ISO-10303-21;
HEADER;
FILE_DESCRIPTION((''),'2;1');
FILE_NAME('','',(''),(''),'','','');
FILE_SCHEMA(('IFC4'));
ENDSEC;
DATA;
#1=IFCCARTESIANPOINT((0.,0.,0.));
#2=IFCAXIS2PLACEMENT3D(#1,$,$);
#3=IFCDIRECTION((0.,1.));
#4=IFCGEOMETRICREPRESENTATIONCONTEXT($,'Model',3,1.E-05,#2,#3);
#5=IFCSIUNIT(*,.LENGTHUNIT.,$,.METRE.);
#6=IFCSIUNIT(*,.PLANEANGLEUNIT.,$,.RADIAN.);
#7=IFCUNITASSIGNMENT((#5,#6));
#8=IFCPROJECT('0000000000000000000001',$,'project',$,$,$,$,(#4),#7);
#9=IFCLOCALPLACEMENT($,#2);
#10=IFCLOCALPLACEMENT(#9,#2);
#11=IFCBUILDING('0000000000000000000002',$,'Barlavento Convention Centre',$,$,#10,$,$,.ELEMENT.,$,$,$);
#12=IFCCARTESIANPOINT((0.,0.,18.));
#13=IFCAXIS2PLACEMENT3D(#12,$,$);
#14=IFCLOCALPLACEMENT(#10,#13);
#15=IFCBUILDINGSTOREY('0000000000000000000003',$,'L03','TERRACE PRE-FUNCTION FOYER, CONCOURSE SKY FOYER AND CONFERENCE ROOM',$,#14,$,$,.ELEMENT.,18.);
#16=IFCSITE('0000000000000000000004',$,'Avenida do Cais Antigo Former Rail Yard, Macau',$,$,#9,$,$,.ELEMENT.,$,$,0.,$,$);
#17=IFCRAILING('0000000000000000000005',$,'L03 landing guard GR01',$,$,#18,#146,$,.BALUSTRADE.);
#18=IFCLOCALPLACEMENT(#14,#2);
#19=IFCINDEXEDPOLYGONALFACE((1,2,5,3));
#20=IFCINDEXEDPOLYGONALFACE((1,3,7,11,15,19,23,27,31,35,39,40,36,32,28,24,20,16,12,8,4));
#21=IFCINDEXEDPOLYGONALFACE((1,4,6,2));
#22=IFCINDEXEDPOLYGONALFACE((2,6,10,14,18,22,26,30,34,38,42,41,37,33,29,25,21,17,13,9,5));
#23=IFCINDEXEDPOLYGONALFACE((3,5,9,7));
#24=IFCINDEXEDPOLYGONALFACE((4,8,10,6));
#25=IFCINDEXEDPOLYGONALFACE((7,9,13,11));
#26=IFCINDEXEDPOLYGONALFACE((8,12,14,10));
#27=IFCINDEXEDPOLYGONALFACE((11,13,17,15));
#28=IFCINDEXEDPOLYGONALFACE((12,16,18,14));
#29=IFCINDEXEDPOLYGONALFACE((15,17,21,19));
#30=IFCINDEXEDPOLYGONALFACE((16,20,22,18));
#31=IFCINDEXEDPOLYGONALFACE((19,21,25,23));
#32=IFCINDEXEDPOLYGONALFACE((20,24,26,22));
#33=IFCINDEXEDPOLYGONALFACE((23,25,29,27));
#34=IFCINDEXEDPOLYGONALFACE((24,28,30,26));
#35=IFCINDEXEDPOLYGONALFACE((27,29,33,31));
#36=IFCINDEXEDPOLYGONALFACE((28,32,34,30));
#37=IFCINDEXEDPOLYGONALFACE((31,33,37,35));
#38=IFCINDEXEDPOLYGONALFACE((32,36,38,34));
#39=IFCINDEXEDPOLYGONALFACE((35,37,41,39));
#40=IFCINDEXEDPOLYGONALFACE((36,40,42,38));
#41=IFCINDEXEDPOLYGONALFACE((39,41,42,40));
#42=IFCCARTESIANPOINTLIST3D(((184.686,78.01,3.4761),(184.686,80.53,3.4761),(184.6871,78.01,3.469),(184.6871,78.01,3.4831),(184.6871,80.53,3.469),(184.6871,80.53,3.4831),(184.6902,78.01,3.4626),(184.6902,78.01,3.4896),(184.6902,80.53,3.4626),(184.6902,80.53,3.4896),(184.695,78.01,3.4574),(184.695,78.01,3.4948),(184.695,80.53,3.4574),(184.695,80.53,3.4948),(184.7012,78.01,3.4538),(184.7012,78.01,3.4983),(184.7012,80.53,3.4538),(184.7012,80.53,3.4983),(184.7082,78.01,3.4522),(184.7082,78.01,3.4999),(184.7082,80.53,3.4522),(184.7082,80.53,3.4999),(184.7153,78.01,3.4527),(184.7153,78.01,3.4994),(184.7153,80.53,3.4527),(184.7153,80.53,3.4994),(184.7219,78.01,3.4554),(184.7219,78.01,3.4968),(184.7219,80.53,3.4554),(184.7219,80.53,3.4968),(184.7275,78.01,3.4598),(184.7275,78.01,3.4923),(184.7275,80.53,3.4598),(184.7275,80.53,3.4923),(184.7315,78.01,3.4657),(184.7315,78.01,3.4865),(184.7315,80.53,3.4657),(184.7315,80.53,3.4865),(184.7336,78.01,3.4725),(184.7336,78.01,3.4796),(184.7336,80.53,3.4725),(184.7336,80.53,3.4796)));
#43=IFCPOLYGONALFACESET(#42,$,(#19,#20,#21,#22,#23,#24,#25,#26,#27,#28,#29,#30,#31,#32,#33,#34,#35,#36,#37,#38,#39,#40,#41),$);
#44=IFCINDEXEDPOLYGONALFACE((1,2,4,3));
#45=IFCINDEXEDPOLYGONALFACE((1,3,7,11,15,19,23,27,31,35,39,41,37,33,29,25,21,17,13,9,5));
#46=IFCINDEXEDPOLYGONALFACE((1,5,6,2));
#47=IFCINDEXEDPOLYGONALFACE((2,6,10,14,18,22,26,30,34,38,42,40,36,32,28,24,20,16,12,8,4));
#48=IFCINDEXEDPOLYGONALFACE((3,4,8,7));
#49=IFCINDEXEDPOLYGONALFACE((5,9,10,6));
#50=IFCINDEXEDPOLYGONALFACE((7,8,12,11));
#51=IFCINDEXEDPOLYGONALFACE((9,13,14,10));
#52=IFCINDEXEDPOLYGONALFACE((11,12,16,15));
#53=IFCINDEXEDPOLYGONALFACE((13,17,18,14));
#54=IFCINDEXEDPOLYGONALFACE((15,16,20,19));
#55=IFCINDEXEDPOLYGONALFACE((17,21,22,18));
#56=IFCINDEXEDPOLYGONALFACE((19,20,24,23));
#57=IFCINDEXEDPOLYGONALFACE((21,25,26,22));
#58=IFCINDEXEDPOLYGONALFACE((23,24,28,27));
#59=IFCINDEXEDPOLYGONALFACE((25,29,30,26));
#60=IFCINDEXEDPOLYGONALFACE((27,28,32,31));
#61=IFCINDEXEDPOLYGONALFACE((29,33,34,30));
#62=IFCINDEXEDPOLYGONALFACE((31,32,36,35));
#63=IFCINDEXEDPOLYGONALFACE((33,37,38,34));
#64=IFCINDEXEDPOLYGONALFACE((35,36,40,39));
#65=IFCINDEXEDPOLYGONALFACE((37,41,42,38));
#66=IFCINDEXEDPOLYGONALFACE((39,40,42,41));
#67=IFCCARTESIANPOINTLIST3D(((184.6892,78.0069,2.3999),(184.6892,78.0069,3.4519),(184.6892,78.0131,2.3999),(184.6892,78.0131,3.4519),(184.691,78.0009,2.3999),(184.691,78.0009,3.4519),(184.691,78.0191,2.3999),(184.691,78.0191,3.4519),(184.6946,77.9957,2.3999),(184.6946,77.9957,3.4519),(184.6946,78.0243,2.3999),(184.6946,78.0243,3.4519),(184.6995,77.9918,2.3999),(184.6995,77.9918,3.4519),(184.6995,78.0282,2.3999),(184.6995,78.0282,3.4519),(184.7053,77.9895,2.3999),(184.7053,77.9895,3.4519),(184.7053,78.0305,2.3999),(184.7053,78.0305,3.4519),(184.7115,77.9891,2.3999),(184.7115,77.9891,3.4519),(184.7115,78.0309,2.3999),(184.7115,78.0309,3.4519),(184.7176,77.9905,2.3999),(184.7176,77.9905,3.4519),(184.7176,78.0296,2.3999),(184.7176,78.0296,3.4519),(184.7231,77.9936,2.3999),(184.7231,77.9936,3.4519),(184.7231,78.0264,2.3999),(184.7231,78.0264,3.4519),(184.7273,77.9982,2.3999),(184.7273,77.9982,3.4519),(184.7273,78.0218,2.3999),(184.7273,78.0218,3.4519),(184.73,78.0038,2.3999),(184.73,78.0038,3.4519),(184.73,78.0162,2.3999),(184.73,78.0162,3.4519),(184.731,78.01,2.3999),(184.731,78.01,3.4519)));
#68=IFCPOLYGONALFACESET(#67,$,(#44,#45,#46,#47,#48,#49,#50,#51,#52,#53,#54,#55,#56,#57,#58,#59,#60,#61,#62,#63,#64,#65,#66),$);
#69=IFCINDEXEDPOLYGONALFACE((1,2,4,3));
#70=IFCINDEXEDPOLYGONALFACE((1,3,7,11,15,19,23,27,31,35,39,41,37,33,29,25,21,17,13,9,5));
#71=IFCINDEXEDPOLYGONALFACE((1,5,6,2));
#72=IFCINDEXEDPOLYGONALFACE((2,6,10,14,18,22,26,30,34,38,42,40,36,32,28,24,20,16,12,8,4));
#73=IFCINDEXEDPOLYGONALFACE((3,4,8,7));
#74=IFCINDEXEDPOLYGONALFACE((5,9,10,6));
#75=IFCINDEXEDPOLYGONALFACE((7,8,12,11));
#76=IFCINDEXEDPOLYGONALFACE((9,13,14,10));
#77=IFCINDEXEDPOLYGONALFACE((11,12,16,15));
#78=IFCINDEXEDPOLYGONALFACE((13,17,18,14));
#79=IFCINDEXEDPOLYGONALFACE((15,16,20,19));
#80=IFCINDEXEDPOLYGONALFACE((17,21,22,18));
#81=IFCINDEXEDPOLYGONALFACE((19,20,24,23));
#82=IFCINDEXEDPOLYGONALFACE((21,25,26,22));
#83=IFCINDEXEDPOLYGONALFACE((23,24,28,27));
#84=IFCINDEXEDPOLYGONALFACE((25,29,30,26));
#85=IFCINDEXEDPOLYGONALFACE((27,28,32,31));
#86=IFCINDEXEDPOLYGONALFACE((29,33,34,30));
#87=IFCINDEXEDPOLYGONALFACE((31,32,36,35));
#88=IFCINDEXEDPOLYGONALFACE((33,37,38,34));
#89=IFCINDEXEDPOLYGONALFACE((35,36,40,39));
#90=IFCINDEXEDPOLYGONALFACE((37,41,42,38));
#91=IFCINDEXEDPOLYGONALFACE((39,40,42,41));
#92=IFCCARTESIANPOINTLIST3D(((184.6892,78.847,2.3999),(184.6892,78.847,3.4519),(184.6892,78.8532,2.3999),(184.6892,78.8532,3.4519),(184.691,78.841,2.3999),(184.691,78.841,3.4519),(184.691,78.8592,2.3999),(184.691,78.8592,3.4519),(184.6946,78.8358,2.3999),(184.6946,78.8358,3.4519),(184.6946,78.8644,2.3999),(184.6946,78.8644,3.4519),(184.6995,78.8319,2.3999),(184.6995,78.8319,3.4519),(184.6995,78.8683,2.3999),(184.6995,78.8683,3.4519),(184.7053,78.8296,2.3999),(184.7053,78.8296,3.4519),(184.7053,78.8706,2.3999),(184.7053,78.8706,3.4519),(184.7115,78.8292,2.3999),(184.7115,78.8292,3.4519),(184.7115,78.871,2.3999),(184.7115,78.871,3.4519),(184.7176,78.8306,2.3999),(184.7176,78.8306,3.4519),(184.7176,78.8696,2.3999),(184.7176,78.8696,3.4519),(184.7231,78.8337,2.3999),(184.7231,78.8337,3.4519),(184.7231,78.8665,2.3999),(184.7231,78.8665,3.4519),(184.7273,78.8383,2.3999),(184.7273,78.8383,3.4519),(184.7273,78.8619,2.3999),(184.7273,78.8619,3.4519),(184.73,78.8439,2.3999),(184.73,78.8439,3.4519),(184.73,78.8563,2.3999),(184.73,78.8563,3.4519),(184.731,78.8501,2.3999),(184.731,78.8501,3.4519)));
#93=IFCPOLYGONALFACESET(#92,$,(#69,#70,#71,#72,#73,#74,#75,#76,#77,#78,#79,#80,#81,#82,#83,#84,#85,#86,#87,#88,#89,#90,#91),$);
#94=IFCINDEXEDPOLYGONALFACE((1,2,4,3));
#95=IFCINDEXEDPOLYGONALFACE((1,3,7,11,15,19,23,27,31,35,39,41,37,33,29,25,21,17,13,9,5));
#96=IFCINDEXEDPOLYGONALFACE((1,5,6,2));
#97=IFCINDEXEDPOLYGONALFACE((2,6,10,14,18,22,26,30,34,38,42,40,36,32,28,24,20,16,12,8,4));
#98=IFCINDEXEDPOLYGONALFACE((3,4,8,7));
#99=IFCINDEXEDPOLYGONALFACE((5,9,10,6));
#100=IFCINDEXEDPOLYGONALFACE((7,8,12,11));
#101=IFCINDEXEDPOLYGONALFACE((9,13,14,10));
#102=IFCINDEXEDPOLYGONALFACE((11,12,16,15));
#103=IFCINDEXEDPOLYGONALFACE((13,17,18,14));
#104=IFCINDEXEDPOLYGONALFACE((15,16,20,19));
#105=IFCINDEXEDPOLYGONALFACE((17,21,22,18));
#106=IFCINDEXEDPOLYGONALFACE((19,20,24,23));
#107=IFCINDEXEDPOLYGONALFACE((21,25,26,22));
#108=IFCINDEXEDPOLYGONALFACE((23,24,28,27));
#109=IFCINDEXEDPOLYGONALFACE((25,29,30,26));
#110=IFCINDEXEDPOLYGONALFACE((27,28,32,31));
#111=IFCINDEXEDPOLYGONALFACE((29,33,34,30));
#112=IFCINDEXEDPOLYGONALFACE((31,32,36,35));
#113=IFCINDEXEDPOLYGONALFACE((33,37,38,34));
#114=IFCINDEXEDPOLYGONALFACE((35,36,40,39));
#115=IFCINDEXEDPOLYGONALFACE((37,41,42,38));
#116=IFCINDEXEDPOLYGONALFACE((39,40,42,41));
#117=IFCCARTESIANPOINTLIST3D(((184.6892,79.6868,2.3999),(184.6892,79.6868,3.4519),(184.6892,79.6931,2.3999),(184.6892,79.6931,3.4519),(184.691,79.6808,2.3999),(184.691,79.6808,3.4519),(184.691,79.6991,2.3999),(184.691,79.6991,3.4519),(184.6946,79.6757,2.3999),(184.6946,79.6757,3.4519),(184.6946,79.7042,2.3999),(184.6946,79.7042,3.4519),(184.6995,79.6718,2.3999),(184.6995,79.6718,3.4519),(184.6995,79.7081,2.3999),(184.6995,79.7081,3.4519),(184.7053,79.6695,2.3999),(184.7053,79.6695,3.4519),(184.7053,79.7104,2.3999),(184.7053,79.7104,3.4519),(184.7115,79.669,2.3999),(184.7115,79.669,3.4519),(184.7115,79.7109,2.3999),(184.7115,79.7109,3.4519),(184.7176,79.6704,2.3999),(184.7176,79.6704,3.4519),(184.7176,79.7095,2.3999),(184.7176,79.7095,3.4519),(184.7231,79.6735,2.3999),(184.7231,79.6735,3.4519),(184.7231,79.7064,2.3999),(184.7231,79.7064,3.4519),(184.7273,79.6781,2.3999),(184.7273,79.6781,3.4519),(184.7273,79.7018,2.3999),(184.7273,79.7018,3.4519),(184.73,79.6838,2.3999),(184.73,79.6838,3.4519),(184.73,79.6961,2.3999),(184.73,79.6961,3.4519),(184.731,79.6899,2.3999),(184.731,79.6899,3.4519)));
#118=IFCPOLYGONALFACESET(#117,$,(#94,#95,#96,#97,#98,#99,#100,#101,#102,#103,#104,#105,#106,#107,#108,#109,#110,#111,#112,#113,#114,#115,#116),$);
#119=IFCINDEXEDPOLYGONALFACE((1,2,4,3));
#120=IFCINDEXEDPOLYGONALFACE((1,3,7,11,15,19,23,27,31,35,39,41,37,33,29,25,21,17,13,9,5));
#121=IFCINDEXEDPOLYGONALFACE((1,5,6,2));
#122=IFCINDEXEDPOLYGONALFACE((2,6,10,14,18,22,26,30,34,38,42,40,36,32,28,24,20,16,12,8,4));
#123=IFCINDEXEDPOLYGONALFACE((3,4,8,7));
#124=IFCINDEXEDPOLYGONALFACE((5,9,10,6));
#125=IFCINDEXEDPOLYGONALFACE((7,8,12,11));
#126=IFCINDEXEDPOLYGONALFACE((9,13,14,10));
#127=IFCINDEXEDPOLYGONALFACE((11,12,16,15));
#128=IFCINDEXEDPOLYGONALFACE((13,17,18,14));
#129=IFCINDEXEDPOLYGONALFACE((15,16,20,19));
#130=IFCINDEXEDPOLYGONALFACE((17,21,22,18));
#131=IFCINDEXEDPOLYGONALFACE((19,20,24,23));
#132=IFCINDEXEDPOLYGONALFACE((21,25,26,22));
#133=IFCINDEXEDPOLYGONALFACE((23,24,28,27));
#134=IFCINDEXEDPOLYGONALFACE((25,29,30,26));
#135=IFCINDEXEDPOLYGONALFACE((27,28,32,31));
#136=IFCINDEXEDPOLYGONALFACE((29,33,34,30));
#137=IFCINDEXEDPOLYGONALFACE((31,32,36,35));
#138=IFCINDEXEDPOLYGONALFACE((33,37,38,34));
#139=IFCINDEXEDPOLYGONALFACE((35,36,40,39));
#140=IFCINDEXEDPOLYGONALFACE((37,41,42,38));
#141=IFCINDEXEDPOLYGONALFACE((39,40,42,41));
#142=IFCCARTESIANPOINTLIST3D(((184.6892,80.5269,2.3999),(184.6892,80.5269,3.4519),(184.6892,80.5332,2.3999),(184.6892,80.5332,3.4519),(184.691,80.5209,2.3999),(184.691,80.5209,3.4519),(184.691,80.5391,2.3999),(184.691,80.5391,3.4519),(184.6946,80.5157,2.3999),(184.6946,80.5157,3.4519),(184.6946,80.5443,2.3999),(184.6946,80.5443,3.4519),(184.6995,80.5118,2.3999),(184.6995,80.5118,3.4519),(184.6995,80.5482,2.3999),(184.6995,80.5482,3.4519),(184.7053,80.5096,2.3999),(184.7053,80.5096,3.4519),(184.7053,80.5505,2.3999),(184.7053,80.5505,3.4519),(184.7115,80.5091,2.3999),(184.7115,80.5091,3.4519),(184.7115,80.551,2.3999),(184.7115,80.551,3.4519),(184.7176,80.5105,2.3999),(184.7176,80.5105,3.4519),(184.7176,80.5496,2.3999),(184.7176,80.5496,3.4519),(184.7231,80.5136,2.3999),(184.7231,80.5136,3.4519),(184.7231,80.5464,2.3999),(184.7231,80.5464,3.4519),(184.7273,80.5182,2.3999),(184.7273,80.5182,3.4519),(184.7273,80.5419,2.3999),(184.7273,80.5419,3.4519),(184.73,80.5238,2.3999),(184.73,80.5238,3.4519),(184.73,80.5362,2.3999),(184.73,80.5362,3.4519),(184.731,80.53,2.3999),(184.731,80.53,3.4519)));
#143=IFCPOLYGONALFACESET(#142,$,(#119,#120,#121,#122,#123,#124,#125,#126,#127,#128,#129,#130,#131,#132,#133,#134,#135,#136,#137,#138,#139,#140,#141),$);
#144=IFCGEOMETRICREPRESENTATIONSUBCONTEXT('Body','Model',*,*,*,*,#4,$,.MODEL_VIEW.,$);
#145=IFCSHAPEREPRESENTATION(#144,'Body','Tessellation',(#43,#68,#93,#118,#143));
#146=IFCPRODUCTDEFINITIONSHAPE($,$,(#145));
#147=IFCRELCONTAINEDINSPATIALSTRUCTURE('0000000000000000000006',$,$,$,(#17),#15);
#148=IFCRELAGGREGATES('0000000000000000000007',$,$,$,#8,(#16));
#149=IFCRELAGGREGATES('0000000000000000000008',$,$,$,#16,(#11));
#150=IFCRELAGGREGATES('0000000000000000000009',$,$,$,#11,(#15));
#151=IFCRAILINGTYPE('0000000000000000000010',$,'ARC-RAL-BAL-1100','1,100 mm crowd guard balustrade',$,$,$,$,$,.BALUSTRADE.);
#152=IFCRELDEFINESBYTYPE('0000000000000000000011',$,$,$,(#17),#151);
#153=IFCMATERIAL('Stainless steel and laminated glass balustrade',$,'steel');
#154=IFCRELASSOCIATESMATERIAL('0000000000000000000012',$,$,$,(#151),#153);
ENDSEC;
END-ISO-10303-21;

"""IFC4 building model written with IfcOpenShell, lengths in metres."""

from ifc_helpers import new_model, si_unit, direction, frame, origin, origin_2d, place, context, subcontext, project, spatial, circle, extrude, material, type_object, element, save


model = new_model("IFC4")

# Units and contexts
model_context = context("Model", 3, precision=1e-05, world=origin(), true_north=direction((0.0, 1.0)))
body_context = subcontext(model_context, "Body", "Model", "MODEL_VIEW")
ifc_project = project(units=[si_unit("LENGTHUNIT", "METRE"), si_unit("PLANEANGLEUNIT", "RADIAN")], contexts=[model_context])

# Site, building, storey
site_placement = place(None, origin())
site = spatial("IfcSite", under=ifc_project, at=site_placement, Name="Avenida do Cais Antigo Former Rail Yard, Macau", CompositionType="ELEMENT", RefElevation=0.0)
building_placement = place(site_placement, origin())
building = spatial("IfcBuilding", under=site, at=building_placement, Name="Barlavento Convention Centre", CompositionType="ELEMENT")
storey_placement = place(building_placement, frame((0.0, 0.0, 18.0)))
storey = spatial("IfcBuildingStorey", under=building, at=storey_placement, Name="L03", Description="TERRACE PRE-FUNCTION FOYER, CONCOURSE SKY FOYER AND CONFERENCE ROOM", CompositionType="ELEMENT", Elevation=18.0)

# Railing
ifc_material_1 = material(Name="Stainless steel and laminated glass balustrade", Category="steel")
railing_type_1 = type_object("IfcRailingType", Name="ARC-RAL-BAL-1100", Description="1,100 mm crowd guard balustrade", PredefinedType="BALUSTRADE", material=ifc_material_1)
for number, where, name in (
    (1, (184.71, 78.01, 2.3999), "L03 landing guard GR01"),
):
    element("IfcRailing", number, at=place(storey_placement, frame(where)), inside=storey, type_object=railing_type_1, Name=name, PredefinedType="BALUSTRADE", context=body_context, shape_type="SweptSolid", body=[
        extrude(circle(Radius=0.0239, at=origin_2d()), frame((0.0, 0.0, 1.0762), z_axis=(0.0, 1.0, 0.0), x_axis=(-1.0, 0.0, 0.0)), (0.0, 0.0, 1.0), 2.52),
        extrude(circle(Radius=0.021, at=origin_2d()), origin(), (0.0, 0.0, 1.0), 1.052),
        extrude(circle(Radius=0.021, at=origin_2d()), frame((0.0, 0.8401, 0.0)), (0.0, 0.0, 1.0), 1.052),
        extrude(circle(Radius=0.021, at=origin_2d()), frame((0.0, 1.6799, 0.0)), (0.0, 0.0, 1.0), 1.052),
        extrude(circle(Radius=0.021, at=origin_2d()), frame((0.0, 2.52, 0.0)), (0.0, 0.0, 1.0), 1.052),
    ])

save(model, "model.ifc")
